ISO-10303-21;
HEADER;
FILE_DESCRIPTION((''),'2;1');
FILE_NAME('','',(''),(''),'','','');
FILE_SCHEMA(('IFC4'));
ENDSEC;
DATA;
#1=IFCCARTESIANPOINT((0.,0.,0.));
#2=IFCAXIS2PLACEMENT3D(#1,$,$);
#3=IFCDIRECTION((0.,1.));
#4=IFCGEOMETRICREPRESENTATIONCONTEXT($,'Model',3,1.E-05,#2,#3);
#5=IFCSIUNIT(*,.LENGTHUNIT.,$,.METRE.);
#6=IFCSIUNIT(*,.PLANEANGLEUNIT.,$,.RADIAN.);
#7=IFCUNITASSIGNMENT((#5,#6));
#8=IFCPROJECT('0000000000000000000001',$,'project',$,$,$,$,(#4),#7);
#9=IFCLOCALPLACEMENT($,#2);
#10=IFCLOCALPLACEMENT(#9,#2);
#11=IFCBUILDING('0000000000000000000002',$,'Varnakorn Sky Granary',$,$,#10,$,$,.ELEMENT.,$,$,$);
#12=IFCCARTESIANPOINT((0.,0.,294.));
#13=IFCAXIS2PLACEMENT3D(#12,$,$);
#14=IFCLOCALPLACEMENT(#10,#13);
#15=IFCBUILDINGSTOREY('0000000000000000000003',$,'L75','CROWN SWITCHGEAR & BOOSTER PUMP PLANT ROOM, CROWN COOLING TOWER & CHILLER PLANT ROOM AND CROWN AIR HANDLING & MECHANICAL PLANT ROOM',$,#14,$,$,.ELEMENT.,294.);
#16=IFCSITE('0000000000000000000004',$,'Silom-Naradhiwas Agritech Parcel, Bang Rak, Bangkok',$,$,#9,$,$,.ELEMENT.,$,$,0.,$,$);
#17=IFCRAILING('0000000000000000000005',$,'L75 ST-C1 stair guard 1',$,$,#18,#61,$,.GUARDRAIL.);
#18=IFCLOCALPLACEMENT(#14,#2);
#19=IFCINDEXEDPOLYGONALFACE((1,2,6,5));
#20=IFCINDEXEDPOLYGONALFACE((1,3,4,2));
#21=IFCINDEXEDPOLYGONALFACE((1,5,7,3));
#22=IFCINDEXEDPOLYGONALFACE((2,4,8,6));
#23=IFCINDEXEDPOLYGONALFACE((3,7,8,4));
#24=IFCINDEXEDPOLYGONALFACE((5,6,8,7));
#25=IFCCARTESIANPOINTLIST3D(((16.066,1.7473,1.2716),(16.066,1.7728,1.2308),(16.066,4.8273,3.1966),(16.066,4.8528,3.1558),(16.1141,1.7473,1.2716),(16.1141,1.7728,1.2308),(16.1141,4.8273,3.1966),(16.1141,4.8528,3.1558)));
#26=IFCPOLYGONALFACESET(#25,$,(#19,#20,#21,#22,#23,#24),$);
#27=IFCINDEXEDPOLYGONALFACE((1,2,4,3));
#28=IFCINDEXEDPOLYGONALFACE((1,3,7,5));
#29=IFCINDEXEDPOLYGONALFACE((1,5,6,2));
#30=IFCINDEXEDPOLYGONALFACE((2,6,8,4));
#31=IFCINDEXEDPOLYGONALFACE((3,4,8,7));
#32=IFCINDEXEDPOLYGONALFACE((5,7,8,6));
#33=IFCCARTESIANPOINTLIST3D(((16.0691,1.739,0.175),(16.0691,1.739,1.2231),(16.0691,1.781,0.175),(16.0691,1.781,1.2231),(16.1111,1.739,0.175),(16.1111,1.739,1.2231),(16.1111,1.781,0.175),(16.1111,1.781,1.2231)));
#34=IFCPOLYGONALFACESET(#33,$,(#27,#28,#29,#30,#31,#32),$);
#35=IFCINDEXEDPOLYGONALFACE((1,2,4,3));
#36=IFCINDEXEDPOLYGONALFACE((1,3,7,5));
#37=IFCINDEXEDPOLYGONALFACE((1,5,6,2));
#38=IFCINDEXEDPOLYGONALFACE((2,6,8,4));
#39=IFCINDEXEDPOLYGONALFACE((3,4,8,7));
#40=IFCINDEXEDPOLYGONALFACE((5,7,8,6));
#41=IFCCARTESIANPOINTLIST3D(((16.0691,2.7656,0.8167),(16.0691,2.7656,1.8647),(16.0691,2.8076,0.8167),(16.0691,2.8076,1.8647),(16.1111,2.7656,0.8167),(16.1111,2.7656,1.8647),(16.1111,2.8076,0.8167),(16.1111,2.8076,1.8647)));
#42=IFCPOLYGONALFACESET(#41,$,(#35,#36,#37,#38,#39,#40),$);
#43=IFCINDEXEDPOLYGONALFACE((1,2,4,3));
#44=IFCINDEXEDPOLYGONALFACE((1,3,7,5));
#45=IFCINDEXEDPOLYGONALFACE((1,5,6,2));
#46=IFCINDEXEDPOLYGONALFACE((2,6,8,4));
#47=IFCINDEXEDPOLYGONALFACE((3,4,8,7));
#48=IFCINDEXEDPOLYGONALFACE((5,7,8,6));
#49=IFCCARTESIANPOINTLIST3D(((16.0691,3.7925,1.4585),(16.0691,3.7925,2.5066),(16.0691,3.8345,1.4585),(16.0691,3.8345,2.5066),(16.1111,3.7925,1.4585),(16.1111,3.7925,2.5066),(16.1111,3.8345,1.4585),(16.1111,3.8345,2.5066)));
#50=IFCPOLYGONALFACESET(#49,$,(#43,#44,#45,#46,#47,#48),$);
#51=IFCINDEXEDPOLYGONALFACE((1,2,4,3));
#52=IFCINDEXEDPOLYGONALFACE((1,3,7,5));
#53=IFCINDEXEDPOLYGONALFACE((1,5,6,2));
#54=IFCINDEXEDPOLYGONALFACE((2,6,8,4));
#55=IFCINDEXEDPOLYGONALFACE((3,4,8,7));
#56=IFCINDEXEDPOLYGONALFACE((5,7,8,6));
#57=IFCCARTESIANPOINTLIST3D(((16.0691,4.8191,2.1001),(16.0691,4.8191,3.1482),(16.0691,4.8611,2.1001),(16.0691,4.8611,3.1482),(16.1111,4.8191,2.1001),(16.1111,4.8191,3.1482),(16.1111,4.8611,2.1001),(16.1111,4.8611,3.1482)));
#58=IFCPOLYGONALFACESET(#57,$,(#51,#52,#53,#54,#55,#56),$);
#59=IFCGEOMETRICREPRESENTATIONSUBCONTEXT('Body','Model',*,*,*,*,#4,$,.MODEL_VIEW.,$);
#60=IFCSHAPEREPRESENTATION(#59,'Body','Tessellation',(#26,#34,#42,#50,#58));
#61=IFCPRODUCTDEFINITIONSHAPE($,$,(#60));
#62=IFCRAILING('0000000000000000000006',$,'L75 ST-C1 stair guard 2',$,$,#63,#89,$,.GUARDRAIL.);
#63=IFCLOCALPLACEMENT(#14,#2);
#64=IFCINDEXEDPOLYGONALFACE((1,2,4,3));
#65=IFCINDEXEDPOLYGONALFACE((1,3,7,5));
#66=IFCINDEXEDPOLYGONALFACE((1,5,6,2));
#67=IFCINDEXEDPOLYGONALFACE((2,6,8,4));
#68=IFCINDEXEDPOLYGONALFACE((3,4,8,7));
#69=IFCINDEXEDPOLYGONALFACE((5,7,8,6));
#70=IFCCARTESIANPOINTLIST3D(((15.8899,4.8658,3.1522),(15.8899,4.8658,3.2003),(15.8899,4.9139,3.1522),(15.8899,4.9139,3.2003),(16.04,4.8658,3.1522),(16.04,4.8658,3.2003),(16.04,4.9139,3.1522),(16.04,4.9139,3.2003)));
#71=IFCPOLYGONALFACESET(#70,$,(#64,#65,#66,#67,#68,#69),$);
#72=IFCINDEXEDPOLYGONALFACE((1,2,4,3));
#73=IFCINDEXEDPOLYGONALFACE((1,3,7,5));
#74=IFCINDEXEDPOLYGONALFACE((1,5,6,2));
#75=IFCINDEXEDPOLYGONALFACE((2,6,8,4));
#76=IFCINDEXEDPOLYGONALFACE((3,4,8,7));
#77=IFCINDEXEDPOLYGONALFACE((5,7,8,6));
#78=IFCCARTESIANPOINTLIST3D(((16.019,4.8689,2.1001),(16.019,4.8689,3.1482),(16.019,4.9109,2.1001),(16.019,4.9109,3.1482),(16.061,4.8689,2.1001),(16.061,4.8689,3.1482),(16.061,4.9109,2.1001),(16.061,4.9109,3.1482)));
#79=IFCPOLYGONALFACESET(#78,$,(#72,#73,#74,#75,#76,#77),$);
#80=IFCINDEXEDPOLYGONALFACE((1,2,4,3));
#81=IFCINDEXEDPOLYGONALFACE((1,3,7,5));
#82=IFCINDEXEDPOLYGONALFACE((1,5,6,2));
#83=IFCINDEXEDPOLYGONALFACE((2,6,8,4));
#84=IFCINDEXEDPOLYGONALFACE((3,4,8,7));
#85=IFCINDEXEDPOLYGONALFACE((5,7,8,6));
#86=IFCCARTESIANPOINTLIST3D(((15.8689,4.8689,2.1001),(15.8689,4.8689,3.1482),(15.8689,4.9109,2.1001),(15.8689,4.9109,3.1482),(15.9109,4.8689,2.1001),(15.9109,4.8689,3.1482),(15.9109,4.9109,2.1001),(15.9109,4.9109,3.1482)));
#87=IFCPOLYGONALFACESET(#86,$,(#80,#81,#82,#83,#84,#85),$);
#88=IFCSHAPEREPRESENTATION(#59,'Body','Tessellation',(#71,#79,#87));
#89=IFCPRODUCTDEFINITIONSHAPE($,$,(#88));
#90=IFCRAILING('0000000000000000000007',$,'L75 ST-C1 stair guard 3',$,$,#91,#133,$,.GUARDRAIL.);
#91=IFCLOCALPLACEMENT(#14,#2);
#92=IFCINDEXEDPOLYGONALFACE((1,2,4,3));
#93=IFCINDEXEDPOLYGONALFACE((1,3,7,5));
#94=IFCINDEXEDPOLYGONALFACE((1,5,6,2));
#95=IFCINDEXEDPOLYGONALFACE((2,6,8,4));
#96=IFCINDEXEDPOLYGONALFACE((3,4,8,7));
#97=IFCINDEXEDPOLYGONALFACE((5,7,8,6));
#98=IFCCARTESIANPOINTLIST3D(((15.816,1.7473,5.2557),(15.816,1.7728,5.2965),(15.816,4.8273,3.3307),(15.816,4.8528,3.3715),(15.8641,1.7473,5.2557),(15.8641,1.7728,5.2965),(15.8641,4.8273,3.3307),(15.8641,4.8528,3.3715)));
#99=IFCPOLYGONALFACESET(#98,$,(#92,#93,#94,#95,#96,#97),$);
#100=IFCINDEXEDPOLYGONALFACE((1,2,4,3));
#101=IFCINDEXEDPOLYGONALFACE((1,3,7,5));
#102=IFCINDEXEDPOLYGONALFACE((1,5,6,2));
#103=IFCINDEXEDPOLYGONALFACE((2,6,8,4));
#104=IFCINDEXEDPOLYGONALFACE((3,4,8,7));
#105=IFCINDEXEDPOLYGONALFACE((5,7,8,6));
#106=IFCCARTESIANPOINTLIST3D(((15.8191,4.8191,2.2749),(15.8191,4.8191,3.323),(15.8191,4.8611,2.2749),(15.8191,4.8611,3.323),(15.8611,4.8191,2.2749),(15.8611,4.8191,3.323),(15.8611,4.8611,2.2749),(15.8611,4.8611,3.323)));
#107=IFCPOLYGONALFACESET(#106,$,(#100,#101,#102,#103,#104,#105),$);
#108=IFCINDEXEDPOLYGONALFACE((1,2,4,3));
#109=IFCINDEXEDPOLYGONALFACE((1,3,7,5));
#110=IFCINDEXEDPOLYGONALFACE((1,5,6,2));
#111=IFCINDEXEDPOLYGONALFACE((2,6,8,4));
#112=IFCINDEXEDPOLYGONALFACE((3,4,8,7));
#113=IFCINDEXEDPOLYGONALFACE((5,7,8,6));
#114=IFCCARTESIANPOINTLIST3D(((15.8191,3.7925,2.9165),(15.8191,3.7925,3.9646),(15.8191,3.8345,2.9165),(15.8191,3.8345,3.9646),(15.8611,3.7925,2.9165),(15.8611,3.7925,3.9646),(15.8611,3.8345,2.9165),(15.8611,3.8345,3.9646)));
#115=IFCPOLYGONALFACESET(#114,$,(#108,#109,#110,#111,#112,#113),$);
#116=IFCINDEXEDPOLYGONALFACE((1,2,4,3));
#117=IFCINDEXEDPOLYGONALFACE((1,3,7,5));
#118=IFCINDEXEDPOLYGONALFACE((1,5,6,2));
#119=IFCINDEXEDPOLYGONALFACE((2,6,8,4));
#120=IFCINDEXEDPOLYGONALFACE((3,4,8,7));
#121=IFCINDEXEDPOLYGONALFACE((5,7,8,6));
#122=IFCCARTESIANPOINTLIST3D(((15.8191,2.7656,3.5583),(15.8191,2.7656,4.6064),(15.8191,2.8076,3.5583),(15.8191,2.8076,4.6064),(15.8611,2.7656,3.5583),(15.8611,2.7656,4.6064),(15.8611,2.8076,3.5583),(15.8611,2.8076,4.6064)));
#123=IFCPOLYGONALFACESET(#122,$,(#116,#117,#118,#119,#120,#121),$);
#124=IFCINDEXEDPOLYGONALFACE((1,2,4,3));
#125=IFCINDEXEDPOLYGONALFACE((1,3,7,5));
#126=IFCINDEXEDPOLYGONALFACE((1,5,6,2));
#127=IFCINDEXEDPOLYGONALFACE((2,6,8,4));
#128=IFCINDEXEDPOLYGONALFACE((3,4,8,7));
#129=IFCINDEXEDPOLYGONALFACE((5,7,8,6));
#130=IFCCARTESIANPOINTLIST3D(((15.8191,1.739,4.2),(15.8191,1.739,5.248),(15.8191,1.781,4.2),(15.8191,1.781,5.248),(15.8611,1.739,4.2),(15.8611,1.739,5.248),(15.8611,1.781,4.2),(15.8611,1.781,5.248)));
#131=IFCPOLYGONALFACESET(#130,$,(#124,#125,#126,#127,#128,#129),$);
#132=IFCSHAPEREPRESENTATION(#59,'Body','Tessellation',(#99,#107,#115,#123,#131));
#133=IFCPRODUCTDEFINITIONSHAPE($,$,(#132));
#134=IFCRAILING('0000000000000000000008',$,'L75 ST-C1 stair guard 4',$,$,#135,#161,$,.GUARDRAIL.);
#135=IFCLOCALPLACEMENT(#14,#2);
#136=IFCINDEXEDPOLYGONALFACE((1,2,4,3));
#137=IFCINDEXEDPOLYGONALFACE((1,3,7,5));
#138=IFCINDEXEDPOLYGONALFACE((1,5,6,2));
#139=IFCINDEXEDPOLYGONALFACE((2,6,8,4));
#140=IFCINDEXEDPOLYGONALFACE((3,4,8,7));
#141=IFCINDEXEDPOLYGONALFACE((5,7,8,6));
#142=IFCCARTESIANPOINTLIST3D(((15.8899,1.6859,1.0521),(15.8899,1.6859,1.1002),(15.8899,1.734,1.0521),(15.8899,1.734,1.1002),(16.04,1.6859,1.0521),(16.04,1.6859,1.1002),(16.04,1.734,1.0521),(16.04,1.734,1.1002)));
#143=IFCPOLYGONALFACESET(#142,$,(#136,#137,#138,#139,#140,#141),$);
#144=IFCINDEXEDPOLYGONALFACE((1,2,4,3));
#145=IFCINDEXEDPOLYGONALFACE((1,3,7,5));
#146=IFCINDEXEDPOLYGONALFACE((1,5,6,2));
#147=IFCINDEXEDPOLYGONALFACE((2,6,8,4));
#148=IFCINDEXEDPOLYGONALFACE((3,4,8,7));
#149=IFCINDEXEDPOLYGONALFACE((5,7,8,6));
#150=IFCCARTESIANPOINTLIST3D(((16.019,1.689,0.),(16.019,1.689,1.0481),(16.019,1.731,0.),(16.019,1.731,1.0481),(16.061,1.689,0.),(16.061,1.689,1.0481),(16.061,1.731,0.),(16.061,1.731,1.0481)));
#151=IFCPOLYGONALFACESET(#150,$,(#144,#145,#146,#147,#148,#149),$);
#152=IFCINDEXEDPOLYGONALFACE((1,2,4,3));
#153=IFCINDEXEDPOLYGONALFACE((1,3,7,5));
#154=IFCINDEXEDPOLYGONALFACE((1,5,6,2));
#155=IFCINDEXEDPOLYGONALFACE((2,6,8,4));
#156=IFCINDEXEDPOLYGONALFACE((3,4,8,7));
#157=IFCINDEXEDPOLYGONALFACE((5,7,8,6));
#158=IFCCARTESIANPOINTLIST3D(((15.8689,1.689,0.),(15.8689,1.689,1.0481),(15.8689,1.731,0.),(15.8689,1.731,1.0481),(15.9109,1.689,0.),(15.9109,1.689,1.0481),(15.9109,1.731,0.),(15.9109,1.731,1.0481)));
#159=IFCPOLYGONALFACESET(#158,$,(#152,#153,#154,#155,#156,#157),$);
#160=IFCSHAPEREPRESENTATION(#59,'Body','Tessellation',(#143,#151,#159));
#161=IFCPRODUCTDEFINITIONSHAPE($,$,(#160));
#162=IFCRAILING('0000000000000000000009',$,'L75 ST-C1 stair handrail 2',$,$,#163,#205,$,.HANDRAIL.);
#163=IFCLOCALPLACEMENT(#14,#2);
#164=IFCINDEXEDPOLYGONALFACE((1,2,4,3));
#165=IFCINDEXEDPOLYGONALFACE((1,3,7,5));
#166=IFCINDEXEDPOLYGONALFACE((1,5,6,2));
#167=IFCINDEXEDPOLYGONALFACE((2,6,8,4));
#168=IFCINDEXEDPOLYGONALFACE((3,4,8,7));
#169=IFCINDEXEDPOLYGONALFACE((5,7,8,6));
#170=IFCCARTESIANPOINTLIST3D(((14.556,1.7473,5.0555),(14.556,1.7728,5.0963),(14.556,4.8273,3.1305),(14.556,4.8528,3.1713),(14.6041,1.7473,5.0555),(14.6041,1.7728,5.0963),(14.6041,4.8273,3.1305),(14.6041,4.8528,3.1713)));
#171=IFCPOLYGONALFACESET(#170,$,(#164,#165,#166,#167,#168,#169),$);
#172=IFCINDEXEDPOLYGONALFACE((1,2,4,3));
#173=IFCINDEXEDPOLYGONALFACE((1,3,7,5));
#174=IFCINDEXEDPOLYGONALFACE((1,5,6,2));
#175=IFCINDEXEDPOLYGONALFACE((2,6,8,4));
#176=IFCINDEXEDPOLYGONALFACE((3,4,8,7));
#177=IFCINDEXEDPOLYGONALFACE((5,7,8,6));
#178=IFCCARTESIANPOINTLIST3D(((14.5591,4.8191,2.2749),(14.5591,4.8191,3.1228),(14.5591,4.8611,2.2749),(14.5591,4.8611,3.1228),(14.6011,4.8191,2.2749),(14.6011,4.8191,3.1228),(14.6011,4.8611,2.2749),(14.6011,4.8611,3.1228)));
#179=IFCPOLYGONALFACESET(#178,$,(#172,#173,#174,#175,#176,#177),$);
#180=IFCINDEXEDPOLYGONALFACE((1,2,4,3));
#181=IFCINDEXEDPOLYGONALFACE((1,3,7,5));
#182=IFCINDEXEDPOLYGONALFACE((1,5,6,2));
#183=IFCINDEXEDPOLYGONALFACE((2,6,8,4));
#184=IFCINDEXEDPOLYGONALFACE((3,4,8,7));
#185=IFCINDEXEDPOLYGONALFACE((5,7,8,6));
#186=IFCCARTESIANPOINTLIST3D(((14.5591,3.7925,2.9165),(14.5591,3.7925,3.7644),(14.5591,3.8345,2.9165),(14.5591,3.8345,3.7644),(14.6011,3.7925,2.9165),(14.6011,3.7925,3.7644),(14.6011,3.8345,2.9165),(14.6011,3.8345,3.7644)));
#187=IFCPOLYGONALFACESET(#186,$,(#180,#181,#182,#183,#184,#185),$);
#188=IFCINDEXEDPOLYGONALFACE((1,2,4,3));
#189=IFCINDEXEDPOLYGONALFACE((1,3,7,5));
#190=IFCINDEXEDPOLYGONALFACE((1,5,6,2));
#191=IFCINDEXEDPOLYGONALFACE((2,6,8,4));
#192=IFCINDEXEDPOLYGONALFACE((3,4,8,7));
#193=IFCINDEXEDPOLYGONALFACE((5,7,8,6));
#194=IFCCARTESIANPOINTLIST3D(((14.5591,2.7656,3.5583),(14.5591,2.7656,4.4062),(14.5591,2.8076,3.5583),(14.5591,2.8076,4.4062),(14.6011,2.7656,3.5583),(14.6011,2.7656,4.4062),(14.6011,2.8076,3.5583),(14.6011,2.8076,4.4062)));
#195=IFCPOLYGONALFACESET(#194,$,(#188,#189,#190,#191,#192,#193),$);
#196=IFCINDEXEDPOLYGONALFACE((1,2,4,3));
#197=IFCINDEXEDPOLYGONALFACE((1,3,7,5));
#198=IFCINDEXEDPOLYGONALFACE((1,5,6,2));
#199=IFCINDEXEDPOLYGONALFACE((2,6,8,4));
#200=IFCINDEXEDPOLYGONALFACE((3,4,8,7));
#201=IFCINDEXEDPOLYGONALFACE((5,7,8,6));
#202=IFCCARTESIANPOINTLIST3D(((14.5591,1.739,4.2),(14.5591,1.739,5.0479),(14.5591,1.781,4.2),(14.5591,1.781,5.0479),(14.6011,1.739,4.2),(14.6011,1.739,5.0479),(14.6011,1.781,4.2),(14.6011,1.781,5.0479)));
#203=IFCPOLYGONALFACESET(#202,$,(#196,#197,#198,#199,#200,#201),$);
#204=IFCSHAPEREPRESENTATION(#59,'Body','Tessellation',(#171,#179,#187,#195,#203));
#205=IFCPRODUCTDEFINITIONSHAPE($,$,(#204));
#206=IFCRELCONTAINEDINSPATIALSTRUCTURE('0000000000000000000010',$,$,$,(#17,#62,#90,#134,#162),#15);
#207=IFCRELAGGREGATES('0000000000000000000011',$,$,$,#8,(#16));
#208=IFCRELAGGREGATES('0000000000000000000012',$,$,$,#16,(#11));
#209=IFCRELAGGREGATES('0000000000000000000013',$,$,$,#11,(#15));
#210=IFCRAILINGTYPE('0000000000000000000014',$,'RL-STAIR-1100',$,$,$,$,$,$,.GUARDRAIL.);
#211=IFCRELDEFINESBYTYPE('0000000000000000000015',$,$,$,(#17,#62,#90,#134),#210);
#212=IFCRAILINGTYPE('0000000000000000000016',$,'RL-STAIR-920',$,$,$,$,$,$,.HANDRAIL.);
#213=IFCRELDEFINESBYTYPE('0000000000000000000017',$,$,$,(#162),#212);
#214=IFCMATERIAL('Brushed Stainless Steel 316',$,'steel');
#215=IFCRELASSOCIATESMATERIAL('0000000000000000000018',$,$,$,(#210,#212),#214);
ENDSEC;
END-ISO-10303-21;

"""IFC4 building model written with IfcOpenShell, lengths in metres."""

from ifc_helpers import new_model, si_unit, direction, frame, origin, origin_2d, place, context, subcontext, project, spatial, rectangle, extrude, material, type_object, element, save


model = new_model("IFC4")

# Units and contexts
model_context = context("Model", 3, precision=1e-05, world=origin(), true_north=direction((0.0, 1.0)))
body_context = subcontext(model_context, "Body", "Model", "MODEL_VIEW")
ifc_project = project(units=[si_unit("LENGTHUNIT", "METRE"), si_unit("PLANEANGLEUNIT", "RADIAN")], contexts=[model_context])

# Site, building, storey
site_placement = place(None, origin())
site = spatial("IfcSite", under=ifc_project, at=site_placement, Name="Silom-Naradhiwas Agritech Parcel, Bang Rak, Bangkok", CompositionType="ELEMENT", RefElevation=0.0)
building_placement = place(site_placement, origin())
building = spatial("IfcBuilding", under=site, at=building_placement, Name="Varnakorn Sky Granary", CompositionType="ELEMENT")
storey_placement = place(building_placement, frame((0.0, 0.0, 294.0)))
storey = spatial("IfcBuildingStorey", under=building, at=storey_placement, Name="L75", Description="CROWN SWITCHGEAR & BOOSTER PUMP PLANT ROOM, CROWN COOLING TOWER & CHILLER PLANT ROOM AND CROWN AIR HANDLING & MECHANICAL PLANT ROOM", CompositionType="ELEMENT", Elevation=294.0)

# Railings
ifc_material_1 = material(Name="Brushed Stainless Steel 316", Category="steel")
railing_type_1 = type_object("IfcRailingType", Name="RL-STAIR-1100", PredefinedType="GUARDRAIL", material=ifc_material_1)
railing_1_placement = place(storey_placement, frame((16.0901, 1.76, 0.175)))
element("IfcRailing", 1, at=railing_1_placement, inside=storey, type_object=railing_type_1, Name="L75 ST-C1 stair guard 1", PredefinedType="GUARDRAIL", context=body_context, shape_type="SweptSolid", body=[
    extrude(rectangle(XDim=0.0481, YDim=0.0481, at=origin_2d()), frame((0.0, 0.0, 1.0762), z_axis=(0.0, 0.847998, 0.529999), x_axis=(-1.0, 0.0, 0.0)), (0.0, 0.0, 1.0), 3.6321),
    extrude(rectangle(XDim=0.042, YDim=0.042, at=origin_2d()), origin(), (0.0, 0.0, 1.0), 1.0481),
    extrude(rectangle(XDim=0.042, YDim=0.042, at=origin_2d()), frame((0.0, 1.0266, 0.6416)), (0.0, 0.0, 1.0), 1.0481),
    extrude(rectangle(XDim=0.042, YDim=0.042, at=origin_2d()), frame((0.0, 2.0535, 1.2834)), (0.0, 0.0, 1.0), 1.0481),
    extrude(rectangle(XDim=0.042, YDim=0.042, at=origin_2d()), frame((0.0, 3.0801, 1.925)), (0.0, 0.0, 1.0), 1.0481),
])
railing_2_placement = place(storey_placement, frame((16.04, 4.8899, 2.1001)))
element("IfcRailing", 2, at=railing_2_placement, inside=storey, type_object=railing_type_1, Name="L75 ST-C1 stair guard 2", PredefinedType="GUARDRAIL", context=body_context, shape_type="SweptSolid", body=[
    extrude(rectangle(XDim=0.0481, YDim=0.0481, at=origin_2d()), frame((0.0, 0.0, 1.0762), z_axis=(-1.0, 0.0, 0.0), x_axis=(0.0, -1.0, 0.0)), (0.0, 0.0, 1.0), 0.1501),
    extrude(rectangle(XDim=0.042, YDim=0.042, at=origin_2d()), origin(), (0.0, 0.0, 1.0), 1.0481),
    extrude(rectangle(XDim=0.042, YDim=0.042, at=origin_2d()), frame((-0.1501, 0.0, 0.0)), (0.0, 0.0, 1.0), 1.0481),
])
railing_3_placement = place(storey_placement, frame((15.8401, 4.8401, 2.2749)))
element("IfcRailing", 3, at=railing_3_placement, inside=storey, type_object=railing_type_1, Name="L75 ST-C1 stair guard 3", PredefinedType="GUARDRAIL", context=body_context, shape_type="SweptSolid", body=[
    extrude(rectangle(XDim=0.0481, YDim=0.0481, at=origin_2d()), frame((0.0, 0.0, 1.0762), z_axis=(0.0, -0.847998, 0.529999), x_axis=(1.0, 0.0, 0.0)), (0.0, 0.0, 1.0), 3.6321),
    extrude(rectangle(XDim=0.042, YDim=0.042, at=origin_2d()), origin(), (0.0, 0.0, 1.0), 1.0481),
    extrude(rectangle(XDim=0.042, YDim=0.042, at=origin_2d()), frame((0.0, -1.0266, 0.6416)), (0.0, 0.0, 1.0), 1.0481),
    extrude(rectangle(XDim=0.042, YDim=0.042, at=origin_2d()), frame((0.0, -2.0535, 1.2834)), (0.0, 0.0, 1.0), 1.0481),
    extrude(rectangle(XDim=0.042, YDim=0.042, at=origin_2d()), frame((0.0, -3.0801, 1.925)), (0.0, 0.0, 1.0), 1.0481),
])
railing_4_placement = place(storey_placement, frame((16.04, 1.71, 0.0)))
element("IfcRailing", 4, at=railing_4_placement, inside=storey, type_object=railing_type_1, Name="L75 ST-C1 stair guard 4", PredefinedType="GUARDRAIL", context=body_context, shape_type="SweptSolid", body=[
    extrude(rectangle(XDim=0.0481, YDim=0.0481, at=origin_2d()), frame((0.0, 0.0, 1.0762), z_axis=(-1.0, 0.0, 0.0), x_axis=(0.0, -1.0, 0.0)), (0.0, 0.0, 1.0), 0.1501),
    extrude(rectangle(XDim=0.042, YDim=0.042, at=origin_2d()), origin(), (0.0, 0.0, 1.0), 1.0481),
    extrude(rectangle(XDim=0.042, YDim=0.042, at=origin_2d()), frame((-0.1501, 0.0, 0.0)), (0.0, 0.0, 1.0), 1.0481),
])
railing_type_2 = type_object("IfcRailingType", Name="RL-STAIR-920", PredefinedType="HANDRAIL", material=ifc_material_1)
railing_5_placement = place(storey_placement, frame((14.5801, 4.8401, 2.2749)))
element("IfcRailing", 5, at=railing_5_placement, inside=storey, type_object=railing_type_2, Name="L75 ST-C1 stair handrail 2", PredefinedType="HANDRAIL", context=body_context, shape_type="SweptSolid", body=[
    extrude(rectangle(XDim=0.0481, YDim=0.0481, at=origin_2d()), frame((0.0, 0.0, 0.876), z_axis=(0.0, -0.847998, 0.529999), x_axis=(1.0, 0.0, 0.0)), (0.0, 0.0, 1.0), 3.6321),
    extrude(rectangle(XDim=0.042, YDim=0.042, at=origin_2d()), origin(), (0.0, 0.0, 1.0), 0.8479),
    extrude(rectangle(XDim=0.042, YDim=0.042, at=origin_2d()), frame((0.0, -1.0266, 0.6416)), (0.0, 0.0, 1.0), 0.8479),
    extrude(rectangle(XDim=0.042, YDim=0.042, at=origin_2d()), frame((0.0, -2.0535, 1.2834)), (0.0, 0.0, 1.0), 0.8479),
    extrude(rectangle(XDim=0.042, YDim=0.042, at=origin_2d()), frame((0.0, -3.0801, 1.925)), (0.0, 0.0, 1.0), 0.8479),
])

save(model, "model.ifc")
